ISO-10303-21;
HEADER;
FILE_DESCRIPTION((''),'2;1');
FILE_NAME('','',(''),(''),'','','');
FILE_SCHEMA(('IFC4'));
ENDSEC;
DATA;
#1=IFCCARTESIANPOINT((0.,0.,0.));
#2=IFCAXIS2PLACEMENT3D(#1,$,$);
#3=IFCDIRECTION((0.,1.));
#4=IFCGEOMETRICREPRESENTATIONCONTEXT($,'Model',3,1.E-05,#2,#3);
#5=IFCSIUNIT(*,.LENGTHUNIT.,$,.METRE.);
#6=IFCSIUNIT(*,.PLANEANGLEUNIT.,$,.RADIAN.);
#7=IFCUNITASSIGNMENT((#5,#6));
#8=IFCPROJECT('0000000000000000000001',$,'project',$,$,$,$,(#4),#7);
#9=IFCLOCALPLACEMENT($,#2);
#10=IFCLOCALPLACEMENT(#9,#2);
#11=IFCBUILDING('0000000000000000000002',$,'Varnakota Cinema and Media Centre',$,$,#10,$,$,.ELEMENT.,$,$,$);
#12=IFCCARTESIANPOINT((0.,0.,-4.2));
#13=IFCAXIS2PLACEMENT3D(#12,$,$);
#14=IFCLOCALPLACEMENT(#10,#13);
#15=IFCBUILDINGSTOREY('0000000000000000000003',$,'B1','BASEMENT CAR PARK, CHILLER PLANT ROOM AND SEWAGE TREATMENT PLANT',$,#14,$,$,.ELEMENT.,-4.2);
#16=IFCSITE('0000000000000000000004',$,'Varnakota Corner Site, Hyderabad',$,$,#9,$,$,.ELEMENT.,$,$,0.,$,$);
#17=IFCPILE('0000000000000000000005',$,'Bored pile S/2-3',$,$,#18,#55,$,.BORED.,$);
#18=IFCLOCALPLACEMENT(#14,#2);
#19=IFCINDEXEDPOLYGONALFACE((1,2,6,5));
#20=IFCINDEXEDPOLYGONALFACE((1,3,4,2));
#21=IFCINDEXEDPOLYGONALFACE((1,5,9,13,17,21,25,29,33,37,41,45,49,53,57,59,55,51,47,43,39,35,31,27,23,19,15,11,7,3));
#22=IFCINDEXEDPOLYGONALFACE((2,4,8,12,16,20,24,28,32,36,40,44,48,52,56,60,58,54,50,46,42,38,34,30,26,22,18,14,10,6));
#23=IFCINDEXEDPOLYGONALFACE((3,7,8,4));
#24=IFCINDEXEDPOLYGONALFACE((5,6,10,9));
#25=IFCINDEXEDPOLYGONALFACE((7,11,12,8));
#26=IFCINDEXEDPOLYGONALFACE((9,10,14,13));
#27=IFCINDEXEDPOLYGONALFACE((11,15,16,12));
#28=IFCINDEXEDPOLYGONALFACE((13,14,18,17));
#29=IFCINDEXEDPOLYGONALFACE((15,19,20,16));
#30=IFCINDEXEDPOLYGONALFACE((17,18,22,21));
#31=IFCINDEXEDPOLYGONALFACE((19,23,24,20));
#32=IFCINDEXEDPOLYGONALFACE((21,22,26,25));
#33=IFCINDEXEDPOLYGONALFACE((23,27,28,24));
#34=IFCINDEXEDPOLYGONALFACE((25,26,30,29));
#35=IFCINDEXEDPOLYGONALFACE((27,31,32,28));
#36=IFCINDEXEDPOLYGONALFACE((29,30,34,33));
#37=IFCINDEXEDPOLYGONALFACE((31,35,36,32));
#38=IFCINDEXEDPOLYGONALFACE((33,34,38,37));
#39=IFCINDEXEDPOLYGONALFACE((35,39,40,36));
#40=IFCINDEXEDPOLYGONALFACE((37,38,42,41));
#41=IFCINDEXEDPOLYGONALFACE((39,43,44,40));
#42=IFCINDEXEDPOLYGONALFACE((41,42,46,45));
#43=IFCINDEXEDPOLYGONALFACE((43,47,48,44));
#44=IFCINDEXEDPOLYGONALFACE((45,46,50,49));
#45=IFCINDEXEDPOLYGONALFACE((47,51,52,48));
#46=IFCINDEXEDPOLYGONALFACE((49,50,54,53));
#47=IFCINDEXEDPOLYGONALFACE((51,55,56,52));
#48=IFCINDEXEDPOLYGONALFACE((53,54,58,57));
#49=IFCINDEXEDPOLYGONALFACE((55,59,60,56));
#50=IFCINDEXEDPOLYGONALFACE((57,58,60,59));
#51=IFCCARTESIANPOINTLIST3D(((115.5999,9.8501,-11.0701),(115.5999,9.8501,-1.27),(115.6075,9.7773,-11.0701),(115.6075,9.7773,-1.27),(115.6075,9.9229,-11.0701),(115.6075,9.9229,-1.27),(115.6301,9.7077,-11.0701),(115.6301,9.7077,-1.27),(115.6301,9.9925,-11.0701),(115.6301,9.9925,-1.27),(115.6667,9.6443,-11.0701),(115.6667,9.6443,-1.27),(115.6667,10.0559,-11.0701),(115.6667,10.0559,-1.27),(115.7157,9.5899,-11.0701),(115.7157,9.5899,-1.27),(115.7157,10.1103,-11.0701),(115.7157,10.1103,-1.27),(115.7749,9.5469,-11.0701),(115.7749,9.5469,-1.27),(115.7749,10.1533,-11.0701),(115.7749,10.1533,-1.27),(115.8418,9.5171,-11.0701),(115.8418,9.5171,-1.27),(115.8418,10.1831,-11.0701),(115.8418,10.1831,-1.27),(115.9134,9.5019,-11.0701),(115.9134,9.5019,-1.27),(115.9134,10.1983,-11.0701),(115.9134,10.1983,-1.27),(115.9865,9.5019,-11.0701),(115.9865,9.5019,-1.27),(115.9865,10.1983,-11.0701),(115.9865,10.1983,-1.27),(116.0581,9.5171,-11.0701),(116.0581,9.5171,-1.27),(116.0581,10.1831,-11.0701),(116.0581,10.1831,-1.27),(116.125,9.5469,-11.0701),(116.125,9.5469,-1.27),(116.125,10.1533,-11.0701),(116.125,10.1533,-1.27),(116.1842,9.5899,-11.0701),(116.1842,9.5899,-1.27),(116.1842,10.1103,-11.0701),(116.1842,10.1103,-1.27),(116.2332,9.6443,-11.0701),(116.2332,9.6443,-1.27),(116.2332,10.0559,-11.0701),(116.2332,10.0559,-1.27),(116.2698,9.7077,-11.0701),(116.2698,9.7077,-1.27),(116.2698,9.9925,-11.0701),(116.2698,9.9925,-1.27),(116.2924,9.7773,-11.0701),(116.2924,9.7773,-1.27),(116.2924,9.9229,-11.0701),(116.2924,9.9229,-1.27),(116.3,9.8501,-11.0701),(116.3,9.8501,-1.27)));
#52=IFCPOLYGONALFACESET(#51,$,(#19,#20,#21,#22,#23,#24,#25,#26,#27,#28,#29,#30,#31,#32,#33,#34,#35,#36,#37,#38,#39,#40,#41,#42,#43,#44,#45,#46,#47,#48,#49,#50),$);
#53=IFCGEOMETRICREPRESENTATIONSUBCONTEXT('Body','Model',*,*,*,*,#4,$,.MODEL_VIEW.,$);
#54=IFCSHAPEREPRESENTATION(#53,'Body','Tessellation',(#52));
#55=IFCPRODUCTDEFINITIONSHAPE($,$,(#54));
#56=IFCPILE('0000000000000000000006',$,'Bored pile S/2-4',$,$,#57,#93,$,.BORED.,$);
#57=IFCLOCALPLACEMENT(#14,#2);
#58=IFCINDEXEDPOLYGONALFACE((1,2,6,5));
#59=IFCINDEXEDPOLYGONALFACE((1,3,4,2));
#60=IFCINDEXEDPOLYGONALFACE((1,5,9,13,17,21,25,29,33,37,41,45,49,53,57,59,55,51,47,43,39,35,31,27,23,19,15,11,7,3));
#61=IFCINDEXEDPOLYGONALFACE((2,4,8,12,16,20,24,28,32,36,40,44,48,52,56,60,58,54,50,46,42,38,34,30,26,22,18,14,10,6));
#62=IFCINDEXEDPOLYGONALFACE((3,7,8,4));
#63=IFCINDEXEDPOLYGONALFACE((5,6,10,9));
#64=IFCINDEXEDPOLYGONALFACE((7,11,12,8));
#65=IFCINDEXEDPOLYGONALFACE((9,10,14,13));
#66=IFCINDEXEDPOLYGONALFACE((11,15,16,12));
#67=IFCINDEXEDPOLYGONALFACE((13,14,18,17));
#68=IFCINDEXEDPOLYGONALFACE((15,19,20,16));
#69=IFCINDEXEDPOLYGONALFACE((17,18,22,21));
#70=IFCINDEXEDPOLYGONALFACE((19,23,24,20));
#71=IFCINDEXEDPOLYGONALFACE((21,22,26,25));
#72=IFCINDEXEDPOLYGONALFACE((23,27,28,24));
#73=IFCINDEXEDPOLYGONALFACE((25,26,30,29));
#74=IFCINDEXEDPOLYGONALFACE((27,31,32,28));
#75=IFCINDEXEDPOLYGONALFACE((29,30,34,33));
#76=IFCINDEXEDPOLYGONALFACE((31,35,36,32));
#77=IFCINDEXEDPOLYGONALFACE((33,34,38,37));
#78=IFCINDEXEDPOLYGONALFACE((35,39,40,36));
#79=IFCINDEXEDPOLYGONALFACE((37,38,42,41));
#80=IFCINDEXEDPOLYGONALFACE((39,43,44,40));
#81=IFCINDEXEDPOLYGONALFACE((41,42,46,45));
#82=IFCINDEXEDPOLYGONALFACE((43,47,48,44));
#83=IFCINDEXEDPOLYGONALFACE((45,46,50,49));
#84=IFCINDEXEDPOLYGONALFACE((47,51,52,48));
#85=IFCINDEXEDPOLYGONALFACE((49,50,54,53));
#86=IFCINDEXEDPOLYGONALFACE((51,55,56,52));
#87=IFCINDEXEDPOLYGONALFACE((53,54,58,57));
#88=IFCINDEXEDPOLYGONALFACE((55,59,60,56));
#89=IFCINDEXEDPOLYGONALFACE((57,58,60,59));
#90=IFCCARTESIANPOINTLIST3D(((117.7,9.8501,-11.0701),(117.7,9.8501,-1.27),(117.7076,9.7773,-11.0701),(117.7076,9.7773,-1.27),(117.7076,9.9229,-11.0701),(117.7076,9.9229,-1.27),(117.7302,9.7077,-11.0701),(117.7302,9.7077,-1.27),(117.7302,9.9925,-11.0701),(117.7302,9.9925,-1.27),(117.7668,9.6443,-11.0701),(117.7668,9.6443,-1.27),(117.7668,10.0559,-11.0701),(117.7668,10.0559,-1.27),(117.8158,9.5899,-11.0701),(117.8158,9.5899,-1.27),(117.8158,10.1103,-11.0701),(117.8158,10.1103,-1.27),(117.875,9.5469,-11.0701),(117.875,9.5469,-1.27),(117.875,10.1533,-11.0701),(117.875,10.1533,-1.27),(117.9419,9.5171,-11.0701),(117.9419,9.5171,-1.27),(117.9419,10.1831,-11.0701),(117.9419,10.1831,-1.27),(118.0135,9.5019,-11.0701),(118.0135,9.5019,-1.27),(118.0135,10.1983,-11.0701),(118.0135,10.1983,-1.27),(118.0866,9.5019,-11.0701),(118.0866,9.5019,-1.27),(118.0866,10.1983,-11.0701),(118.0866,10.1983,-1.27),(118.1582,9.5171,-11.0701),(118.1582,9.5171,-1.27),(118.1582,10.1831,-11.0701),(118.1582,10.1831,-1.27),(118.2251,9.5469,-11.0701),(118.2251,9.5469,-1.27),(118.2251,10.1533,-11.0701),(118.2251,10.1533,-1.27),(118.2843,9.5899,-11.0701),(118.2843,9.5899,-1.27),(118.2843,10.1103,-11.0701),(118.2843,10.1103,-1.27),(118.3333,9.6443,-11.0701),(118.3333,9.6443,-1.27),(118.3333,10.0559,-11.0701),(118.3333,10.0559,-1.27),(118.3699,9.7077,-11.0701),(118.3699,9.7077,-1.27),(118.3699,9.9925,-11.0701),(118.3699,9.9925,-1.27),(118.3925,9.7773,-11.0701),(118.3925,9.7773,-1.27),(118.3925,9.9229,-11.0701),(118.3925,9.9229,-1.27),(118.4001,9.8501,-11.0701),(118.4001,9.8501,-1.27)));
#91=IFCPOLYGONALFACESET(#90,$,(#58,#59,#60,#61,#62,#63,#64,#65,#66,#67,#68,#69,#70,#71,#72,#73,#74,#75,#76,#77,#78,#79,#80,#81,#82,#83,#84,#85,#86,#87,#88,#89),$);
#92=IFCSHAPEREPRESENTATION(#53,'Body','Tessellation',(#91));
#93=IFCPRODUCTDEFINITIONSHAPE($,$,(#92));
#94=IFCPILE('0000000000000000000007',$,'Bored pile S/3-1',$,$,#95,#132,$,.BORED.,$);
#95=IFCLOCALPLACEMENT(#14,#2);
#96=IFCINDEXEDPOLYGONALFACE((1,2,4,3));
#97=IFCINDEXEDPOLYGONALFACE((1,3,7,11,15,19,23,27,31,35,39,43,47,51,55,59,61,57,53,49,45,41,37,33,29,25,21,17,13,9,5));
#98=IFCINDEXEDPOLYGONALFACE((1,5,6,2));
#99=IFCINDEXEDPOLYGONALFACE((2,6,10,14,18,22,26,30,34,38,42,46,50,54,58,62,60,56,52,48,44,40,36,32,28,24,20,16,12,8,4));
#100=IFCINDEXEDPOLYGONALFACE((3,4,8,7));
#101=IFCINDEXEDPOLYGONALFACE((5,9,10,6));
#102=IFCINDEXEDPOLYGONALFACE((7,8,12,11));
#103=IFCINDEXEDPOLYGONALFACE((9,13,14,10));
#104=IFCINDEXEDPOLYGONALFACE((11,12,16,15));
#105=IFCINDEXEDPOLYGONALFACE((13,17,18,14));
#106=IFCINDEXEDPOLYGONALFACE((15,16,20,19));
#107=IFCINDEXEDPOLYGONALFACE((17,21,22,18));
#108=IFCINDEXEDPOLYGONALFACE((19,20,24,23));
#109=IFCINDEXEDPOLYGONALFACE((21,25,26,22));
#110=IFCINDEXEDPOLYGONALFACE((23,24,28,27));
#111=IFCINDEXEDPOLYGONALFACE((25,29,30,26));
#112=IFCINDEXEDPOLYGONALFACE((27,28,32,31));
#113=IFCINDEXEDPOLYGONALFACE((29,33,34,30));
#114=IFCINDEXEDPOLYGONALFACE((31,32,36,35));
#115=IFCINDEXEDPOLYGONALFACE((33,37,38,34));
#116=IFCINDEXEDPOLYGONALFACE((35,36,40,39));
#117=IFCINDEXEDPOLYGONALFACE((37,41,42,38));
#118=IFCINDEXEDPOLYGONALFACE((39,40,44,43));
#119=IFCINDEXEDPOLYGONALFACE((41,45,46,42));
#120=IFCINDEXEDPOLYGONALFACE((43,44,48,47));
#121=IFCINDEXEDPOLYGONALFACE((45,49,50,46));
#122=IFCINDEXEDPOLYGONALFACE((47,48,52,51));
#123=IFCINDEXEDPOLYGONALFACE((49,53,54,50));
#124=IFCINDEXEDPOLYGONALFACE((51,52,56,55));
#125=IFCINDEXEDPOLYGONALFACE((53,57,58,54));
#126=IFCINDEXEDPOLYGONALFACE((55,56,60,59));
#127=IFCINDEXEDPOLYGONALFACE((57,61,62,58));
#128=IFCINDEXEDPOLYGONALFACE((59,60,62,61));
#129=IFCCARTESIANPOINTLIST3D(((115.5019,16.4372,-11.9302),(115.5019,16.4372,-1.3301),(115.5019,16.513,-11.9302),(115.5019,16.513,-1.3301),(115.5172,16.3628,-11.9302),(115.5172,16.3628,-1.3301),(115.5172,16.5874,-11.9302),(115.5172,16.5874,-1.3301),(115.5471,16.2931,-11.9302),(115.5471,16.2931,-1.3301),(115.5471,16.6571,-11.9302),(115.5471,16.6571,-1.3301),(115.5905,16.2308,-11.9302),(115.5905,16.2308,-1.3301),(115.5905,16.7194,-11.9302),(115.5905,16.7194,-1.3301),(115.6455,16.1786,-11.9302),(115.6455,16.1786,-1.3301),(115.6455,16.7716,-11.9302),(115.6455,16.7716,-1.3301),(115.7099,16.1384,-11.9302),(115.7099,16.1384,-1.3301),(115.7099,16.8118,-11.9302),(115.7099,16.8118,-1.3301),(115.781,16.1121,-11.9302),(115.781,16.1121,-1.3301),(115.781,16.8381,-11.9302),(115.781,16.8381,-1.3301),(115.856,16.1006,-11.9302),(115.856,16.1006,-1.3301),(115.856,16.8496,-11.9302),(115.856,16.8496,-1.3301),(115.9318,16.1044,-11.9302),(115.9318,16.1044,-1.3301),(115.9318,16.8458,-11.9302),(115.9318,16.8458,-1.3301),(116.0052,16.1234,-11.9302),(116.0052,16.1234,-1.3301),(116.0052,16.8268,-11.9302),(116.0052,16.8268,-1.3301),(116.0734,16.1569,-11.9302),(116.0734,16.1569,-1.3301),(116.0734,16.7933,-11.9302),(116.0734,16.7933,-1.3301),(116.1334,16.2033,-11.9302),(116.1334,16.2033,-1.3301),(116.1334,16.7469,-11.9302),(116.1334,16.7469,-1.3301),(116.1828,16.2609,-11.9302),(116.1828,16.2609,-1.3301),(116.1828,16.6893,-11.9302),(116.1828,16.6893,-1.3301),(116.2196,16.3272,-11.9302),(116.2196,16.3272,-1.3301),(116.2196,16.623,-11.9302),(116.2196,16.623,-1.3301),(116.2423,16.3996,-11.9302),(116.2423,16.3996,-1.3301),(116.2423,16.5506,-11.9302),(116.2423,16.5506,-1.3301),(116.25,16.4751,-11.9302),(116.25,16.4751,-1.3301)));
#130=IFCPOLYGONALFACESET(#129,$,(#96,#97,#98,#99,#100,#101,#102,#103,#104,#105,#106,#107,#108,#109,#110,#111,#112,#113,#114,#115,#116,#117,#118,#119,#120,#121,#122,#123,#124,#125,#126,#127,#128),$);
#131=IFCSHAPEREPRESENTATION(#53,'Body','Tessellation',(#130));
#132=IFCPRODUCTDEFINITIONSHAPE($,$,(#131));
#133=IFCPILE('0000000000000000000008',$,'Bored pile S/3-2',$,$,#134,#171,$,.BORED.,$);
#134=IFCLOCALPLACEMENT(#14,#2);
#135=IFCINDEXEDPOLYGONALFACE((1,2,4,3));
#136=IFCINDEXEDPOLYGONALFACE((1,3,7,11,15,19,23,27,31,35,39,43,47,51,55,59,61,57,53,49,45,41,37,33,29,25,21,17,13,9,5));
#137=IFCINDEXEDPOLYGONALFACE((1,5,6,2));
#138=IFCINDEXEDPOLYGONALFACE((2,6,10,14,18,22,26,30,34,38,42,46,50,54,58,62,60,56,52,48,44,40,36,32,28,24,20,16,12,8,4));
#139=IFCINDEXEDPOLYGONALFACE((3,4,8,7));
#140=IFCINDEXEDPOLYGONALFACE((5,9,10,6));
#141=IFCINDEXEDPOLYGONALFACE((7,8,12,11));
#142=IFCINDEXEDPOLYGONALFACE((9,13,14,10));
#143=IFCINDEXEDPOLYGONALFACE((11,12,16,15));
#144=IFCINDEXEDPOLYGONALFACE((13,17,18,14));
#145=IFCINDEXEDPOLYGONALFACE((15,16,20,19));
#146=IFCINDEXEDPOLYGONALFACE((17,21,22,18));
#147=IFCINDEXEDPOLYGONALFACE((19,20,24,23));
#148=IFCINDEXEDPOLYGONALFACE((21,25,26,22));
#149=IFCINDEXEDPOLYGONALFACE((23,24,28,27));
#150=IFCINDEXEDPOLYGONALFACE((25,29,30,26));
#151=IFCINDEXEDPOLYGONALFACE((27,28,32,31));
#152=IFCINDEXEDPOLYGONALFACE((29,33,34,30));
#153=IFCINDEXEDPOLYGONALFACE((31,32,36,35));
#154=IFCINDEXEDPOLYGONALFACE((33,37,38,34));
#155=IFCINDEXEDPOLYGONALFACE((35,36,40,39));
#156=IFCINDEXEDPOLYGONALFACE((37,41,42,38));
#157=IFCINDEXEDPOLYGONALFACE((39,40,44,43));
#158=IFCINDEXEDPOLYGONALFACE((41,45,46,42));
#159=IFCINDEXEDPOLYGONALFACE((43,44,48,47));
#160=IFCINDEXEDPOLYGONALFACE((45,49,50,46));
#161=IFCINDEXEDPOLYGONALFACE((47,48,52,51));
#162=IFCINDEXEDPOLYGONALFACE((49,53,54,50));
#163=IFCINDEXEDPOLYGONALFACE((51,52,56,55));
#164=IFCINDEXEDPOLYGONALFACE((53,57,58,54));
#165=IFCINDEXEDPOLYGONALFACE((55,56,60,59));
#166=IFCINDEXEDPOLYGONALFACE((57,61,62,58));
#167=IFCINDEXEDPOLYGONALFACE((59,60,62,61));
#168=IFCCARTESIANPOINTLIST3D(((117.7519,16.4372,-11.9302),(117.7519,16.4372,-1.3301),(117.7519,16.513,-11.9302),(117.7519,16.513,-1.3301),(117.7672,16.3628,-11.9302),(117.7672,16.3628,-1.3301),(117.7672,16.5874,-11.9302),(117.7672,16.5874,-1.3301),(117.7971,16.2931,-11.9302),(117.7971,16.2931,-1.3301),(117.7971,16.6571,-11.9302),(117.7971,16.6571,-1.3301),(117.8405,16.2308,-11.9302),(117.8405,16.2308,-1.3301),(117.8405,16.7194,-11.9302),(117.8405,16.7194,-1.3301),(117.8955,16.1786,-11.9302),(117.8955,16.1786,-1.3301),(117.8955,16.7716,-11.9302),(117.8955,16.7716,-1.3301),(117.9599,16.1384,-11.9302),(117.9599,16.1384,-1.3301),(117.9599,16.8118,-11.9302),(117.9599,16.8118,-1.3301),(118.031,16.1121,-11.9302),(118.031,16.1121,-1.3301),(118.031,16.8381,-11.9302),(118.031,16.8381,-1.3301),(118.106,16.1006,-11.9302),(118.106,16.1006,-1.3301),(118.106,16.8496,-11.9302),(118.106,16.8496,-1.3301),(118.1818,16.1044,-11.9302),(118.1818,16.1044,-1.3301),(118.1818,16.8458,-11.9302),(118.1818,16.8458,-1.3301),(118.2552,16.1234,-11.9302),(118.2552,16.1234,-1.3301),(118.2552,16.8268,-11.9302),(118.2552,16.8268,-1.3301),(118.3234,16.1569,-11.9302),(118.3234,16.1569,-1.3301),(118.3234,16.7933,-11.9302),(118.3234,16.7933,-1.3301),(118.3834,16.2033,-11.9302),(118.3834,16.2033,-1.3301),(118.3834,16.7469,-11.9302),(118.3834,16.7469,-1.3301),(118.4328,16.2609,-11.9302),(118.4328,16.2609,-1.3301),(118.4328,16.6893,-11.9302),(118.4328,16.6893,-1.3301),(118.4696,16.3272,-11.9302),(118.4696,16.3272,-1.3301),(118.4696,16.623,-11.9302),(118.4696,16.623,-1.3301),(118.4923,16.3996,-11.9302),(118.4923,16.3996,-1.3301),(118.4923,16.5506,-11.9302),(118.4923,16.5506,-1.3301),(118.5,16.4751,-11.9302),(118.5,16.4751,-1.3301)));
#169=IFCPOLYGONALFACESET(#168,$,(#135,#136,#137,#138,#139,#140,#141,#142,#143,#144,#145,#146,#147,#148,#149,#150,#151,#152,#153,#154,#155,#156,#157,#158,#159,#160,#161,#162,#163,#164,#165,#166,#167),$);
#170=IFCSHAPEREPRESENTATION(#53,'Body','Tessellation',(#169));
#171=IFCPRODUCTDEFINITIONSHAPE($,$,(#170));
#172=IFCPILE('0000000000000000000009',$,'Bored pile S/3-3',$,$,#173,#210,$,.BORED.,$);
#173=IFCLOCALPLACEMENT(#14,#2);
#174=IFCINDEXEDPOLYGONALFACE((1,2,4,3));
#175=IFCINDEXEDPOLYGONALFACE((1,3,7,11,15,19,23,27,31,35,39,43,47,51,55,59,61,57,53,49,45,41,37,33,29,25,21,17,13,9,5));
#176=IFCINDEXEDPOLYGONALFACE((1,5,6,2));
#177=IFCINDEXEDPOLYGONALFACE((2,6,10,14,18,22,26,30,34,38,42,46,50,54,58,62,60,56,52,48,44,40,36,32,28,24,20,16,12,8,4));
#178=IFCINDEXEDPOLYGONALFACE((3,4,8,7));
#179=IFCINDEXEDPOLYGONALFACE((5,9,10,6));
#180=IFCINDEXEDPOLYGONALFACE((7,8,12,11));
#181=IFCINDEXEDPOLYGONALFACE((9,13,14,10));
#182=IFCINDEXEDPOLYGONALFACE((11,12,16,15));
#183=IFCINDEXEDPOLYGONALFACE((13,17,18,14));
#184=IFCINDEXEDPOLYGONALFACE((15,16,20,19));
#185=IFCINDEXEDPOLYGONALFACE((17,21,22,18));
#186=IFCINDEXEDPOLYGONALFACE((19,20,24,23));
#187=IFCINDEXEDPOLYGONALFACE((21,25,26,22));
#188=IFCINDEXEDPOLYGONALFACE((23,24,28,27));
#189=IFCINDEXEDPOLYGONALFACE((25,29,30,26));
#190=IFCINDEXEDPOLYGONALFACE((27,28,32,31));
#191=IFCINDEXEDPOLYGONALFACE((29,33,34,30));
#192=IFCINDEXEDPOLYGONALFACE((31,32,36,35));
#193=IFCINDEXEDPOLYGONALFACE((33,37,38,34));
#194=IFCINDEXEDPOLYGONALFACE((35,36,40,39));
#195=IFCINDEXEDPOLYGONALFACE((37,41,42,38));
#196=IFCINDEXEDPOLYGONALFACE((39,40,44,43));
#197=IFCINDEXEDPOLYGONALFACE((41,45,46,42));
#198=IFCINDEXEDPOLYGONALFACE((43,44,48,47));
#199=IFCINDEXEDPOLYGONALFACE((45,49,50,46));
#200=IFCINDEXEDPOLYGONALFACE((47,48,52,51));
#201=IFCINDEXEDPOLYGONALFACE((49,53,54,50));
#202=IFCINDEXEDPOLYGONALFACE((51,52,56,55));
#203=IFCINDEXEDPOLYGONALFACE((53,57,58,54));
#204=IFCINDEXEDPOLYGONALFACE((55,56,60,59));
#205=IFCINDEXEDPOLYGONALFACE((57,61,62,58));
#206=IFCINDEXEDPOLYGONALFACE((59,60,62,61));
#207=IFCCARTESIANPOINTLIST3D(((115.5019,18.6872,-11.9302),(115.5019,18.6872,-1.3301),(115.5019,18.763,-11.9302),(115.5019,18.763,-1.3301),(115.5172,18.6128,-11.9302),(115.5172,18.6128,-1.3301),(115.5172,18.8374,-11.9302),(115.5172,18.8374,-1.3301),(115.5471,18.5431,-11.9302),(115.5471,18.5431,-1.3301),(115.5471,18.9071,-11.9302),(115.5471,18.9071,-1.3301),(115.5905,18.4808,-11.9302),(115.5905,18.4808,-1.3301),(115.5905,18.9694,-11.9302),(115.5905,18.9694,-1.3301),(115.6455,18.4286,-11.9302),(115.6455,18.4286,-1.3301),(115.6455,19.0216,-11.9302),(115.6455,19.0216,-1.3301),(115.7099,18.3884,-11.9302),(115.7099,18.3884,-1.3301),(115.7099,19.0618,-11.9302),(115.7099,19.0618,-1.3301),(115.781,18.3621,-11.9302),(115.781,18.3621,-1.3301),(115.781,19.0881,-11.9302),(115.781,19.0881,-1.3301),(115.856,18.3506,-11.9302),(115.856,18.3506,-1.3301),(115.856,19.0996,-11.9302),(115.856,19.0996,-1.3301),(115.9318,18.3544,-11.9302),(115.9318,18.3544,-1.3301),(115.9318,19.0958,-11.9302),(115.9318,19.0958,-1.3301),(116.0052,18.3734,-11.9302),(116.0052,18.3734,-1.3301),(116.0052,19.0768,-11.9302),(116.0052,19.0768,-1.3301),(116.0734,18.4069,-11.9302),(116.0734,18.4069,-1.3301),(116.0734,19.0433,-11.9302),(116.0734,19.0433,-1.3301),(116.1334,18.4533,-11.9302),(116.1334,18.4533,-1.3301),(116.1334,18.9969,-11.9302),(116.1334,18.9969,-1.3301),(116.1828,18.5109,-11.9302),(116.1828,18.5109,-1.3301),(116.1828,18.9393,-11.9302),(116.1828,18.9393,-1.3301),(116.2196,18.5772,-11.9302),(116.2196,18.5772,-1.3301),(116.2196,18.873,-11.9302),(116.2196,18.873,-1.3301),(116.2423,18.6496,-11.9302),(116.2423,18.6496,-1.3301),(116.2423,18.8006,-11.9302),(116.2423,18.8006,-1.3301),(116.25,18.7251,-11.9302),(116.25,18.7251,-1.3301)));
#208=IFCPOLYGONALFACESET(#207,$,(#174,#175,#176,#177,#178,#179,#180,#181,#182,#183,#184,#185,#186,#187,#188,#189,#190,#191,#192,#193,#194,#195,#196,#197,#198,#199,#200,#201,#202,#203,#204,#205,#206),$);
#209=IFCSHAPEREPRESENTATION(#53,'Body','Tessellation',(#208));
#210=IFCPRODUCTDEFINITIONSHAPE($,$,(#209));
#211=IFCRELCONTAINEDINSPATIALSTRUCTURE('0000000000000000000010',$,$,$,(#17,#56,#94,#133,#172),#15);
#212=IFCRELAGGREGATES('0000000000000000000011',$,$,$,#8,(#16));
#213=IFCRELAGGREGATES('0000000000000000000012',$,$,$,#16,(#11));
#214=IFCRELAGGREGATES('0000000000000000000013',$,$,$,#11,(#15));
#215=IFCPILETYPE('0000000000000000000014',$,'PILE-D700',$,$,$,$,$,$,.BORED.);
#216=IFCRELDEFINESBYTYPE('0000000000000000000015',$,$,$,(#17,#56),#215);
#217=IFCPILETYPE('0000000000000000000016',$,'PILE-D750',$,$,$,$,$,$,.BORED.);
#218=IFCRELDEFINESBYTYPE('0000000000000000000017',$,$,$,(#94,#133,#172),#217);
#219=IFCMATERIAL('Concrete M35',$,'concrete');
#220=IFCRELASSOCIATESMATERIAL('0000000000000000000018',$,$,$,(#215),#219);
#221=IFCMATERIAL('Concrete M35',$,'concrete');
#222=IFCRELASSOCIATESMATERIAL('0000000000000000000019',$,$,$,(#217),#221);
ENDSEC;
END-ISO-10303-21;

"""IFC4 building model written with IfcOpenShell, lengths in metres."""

from ifc_helpers import new_model, si_unit, direction, frame, origin, origin_2d, place, context, subcontext, project, spatial, circle, extrude, material, material_profile, profile_set, type_object, element, save


model = new_model("IFC4")

# Units and contexts
model_context = context("Model", 3, precision=1e-05, world=origin(), true_north=direction((0.0, 1.0)))
body_context = subcontext(model_context, "Body", "Model", "MODEL_VIEW")
ifc_project = project(units=[si_unit("LENGTHUNIT", "METRE"), si_unit("PLANEANGLEUNIT", "RADIAN")], contexts=[model_context])

# Site, building, storey
site_placement = place(None, origin())
site = spatial("IfcSite", under=ifc_project, at=site_placement, Name="Varnakota Corner Site, Hyderabad", CompositionType="ELEMENT", RefElevation=0.0)
building_placement = place(site_placement, origin())
building = spatial("IfcBuilding", under=site, at=building_placement, Name="Varnakota Cinema and Media Centre", CompositionType="ELEMENT")
storey_placement = place(building_placement, frame((0.0, 0.0, -4.2)))
storey = spatial("IfcBuildingStorey", under=building, at=storey_placement, Name="B1", Description="BASEMENT CAR PARK, CHILLER PLANT ROOM AND SEWAGE TREATMENT PLANT", CompositionType="ELEMENT", Elevation=-4.2)

# Piles
ifc_material_1 = material(Name="Concrete M35", Category="concrete")
ifc_material_profile_1 = material_profile(ifc_material_1, circle(Radius=0.3501, at=origin_2d()), Name="PILE D700")
ifc_profile_set_1 = profile_set([ifc_material_profile_1], Name="Concrete M35")
pile_type_1 = type_object("IfcPileType", Name="PILE-D700", PredefinedType="BORED", material=ifc_profile_set_1)
for number, where, z_axis, x_axis, name in (
    (1, (115.95, 9.8501, -1.27), (0.0, 0.0, -1.0), (1.0, 0.0, 0.0), "Bored pile S/2-3"),
    (2, (118.05, 9.8501, -1.27), (0.0, 0.0, -1.0), (1.0, 0.0, 0.0), "Bored pile S/2-4"),
):
    element("IfcPile", number, at=place(storey_placement, frame(where, z_axis=z_axis, x_axis=x_axis)), inside=storey, type_object=pile_type_1, Name=name, PredefinedType="BORED", context=body_context, shape_type="SweptSolid", body=[
        extrude(circle(Radius=0.3501, at=origin_2d()), origin(), (0.0, 0.0, 1.0), 9.8),
    ])
ifc_material_2 = material(Name="Concrete M35", Category="concrete")
ifc_material_profile_2 = material_profile(ifc_material_2, circle(Radius=0.375, at=origin_2d()), Name="PILE D750")
ifc_profile_set_2 = profile_set([ifc_material_profile_2], Name="Concrete M35")
pile_type_2 = type_object("IfcPileType", Name="PILE-D750", PredefinedType="BORED", material=ifc_profile_set_2)
for number, where, z_axis, x_axis, name in (
    (3, (115.875, 16.4751, -1.3301), (0.0, 0.0, -1.0), (1.0, 0.0, 0.0), "Bored pile S/3-1"),
    (4, (118.125, 16.4751, -1.3301), (0.0, 0.0, -1.0), (1.0, 0.0, 0.0), "Bored pile S/3-2"),
    (5, (115.875, 18.7251, -1.3301), (0.0, 0.0, -1.0), (1.0, 0.0, 0.0), "Bored pile S/3-3"),
):
    element("IfcPile", number, at=place(storey_placement, frame(where, z_axis=z_axis, x_axis=x_axis)), inside=storey, type_object=pile_type_2, Name=name, PredefinedType="BORED", context=body_context, shape_type="SweptSolid", body=[
        extrude(circle(Radius=0.375, at=origin_2d()), origin(), (0.0, 0.0, 1.0), 10.6001),
    ])

save(model, "model.ifc")
